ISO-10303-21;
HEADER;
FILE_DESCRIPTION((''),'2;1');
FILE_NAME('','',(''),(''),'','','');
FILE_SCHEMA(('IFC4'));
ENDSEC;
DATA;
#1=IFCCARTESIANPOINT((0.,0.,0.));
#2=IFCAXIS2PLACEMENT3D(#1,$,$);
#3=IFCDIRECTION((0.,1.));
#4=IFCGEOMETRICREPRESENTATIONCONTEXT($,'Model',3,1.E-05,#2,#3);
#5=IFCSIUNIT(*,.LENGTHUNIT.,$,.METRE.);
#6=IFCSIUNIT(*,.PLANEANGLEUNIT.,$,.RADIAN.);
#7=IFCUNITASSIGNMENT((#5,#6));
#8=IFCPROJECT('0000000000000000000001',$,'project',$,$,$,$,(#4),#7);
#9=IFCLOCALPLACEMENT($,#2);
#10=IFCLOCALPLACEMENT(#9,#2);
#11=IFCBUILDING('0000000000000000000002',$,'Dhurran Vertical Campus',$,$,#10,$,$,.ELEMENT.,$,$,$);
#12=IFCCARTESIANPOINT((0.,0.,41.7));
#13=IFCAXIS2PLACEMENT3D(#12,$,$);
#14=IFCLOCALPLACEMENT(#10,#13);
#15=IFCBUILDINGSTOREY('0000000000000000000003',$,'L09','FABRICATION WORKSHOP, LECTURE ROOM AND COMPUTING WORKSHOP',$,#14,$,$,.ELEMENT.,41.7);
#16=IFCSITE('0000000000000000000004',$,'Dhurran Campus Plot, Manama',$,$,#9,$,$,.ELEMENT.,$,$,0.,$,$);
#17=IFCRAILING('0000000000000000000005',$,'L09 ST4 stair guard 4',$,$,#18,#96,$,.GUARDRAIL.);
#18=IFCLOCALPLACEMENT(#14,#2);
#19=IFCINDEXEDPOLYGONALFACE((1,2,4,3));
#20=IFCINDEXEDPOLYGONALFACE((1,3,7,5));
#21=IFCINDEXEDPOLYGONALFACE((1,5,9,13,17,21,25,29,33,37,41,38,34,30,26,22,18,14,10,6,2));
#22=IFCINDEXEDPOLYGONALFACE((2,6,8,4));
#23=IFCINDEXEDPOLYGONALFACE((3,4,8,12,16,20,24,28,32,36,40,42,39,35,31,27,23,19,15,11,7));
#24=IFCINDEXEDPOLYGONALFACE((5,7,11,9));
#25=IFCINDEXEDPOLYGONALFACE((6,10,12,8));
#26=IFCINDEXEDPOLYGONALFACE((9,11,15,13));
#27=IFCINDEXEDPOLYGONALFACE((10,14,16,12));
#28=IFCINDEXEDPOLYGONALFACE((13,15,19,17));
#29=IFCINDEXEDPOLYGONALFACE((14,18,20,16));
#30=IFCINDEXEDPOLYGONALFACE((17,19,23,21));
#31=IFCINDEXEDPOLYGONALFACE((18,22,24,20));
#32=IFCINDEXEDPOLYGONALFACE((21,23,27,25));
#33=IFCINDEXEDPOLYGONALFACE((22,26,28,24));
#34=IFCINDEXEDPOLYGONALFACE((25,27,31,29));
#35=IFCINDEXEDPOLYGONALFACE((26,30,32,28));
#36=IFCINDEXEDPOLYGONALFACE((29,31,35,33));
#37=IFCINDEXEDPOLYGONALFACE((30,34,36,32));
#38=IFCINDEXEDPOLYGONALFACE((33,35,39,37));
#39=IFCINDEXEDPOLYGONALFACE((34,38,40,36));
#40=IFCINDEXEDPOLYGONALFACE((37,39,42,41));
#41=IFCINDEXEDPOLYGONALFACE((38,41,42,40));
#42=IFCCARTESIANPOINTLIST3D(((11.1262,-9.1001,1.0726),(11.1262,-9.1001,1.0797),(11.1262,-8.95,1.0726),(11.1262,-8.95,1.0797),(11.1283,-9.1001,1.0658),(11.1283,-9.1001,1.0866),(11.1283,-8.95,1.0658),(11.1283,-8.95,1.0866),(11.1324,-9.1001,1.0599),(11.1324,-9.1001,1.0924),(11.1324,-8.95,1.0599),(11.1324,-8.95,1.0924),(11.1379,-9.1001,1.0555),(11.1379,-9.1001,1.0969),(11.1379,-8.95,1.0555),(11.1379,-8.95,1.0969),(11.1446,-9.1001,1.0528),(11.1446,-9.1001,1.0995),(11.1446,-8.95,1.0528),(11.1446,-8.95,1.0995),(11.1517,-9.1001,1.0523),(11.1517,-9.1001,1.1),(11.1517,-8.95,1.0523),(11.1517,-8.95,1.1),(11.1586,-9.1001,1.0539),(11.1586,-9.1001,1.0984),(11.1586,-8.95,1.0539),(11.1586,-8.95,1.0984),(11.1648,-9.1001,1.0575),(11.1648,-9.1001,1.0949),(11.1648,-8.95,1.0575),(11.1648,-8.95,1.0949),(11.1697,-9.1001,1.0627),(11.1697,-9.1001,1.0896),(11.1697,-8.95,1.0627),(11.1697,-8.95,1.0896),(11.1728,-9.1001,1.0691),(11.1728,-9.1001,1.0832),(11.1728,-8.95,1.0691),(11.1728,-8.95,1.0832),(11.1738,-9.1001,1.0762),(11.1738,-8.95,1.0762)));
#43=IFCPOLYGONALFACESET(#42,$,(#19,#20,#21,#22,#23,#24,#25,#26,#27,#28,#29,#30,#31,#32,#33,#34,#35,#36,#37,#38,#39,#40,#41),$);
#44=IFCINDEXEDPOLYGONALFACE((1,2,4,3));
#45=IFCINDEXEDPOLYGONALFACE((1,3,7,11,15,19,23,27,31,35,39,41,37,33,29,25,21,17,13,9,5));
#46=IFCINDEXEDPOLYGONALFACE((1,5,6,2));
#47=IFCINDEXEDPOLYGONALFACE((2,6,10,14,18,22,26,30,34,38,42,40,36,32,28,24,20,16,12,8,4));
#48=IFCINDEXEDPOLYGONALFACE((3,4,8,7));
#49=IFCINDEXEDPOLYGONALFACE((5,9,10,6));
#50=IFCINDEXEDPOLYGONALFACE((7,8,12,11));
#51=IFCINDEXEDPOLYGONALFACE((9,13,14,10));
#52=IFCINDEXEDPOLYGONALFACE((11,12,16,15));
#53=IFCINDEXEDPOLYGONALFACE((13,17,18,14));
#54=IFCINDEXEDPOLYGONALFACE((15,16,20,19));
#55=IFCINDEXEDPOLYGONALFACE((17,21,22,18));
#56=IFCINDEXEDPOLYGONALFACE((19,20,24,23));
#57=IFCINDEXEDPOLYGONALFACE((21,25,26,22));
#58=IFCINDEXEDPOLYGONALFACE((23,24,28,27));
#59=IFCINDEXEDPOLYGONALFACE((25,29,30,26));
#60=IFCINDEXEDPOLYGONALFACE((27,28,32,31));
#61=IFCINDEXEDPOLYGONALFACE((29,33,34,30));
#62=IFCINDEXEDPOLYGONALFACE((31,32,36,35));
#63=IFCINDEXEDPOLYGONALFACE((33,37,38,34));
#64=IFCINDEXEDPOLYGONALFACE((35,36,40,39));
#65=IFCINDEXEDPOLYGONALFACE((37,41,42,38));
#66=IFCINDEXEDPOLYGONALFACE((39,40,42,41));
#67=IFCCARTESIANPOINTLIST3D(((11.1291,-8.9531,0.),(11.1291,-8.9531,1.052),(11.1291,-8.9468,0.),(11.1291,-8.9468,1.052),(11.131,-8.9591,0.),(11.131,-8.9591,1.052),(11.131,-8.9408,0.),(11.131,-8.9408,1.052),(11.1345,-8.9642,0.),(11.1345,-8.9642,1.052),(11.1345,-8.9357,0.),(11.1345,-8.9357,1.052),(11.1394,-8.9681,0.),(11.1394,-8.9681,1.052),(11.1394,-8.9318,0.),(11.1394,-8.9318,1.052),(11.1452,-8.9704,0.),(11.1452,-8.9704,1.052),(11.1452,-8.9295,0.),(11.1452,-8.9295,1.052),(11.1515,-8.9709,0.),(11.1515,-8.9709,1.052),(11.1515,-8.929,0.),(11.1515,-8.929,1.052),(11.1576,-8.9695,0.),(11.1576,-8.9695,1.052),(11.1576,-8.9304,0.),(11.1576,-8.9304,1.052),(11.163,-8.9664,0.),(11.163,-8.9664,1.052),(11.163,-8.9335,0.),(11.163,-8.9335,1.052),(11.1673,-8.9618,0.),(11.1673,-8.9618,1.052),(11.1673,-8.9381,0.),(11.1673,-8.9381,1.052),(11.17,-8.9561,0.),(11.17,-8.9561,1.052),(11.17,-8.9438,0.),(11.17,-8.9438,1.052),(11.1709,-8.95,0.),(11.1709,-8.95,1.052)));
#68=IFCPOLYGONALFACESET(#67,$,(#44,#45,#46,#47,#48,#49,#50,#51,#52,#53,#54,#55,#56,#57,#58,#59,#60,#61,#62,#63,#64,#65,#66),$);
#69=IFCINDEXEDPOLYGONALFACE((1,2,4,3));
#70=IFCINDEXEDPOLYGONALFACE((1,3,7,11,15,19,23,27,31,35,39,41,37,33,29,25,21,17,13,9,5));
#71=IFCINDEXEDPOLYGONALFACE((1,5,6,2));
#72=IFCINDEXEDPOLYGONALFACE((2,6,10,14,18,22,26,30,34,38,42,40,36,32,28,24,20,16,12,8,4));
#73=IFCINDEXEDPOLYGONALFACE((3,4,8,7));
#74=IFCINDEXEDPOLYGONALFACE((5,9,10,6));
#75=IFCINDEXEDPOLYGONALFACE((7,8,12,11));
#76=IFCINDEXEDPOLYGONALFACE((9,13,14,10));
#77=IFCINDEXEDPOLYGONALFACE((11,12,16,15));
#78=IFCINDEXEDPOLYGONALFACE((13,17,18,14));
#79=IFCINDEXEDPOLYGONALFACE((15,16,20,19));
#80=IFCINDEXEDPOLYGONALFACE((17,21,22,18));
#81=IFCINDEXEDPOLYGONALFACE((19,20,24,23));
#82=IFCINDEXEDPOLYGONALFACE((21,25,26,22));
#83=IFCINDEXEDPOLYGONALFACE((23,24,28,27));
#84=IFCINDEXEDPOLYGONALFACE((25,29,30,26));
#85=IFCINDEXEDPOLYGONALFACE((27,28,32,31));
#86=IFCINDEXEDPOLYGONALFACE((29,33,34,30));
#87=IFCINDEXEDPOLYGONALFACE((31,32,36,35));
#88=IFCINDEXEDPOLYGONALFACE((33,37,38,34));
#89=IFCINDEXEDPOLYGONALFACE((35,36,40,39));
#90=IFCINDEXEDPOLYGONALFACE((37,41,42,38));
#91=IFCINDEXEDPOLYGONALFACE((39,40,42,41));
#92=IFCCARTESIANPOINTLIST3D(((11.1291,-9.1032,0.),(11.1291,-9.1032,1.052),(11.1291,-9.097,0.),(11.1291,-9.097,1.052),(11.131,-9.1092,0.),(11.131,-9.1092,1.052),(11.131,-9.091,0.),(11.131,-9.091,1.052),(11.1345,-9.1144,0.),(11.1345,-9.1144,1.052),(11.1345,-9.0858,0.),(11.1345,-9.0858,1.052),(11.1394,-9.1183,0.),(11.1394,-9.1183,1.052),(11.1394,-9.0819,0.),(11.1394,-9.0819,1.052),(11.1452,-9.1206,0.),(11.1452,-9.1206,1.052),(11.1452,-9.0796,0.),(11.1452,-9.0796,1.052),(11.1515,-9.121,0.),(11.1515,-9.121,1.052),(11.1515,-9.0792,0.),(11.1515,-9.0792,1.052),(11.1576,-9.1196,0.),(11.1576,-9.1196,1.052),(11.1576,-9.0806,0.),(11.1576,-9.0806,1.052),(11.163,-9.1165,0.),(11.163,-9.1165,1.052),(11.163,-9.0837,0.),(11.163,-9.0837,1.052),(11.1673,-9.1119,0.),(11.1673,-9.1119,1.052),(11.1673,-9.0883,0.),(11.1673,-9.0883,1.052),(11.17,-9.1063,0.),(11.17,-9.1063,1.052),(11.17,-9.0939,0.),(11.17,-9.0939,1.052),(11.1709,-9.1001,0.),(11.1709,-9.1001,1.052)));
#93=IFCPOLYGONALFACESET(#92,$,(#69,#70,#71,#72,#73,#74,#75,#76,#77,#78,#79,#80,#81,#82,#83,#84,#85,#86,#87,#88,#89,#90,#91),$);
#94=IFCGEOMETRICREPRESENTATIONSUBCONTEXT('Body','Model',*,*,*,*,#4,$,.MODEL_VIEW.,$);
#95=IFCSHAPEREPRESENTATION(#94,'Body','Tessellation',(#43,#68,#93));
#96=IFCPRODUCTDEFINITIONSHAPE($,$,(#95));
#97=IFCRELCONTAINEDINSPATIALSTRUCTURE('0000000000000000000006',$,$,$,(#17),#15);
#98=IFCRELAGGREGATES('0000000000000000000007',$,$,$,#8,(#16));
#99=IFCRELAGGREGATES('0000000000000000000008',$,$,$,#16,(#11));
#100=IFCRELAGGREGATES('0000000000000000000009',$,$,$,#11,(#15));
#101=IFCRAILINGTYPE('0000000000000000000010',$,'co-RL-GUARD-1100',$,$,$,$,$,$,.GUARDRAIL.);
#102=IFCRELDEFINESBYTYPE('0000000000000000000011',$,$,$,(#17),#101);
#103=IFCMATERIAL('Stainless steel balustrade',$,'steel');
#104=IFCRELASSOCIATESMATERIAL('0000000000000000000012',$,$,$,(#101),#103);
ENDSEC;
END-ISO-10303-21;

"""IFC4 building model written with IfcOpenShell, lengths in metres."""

from ifc_helpers import new_model, si_unit, direction, frame, origin, origin_2d, place, context, subcontext, project, spatial, circle, extrude, material, type_object, element, save


model = new_model("IFC4")

# Units and contexts
model_context = context("Model", 3, precision=1e-05, world=origin(), true_north=direction((0.0, 1.0)))
body_context = subcontext(model_context, "Body", "Model", "MODEL_VIEW")
ifc_project = project(units=[si_unit("LENGTHUNIT", "METRE"), si_unit("PLANEANGLEUNIT", "RADIAN")], contexts=[model_context])

# Site, building, storey
site_placement = place(None, origin())
site = spatial("IfcSite", under=ifc_project, at=site_placement, Name="Dhurran Campus Plot, Manama", CompositionType="ELEMENT", RefElevation=0.0)
building_placement = place(site_placement, origin())
building = spatial("IfcBuilding", under=site, at=building_placement, Name="Dhurran Vertical Campus", CompositionType="ELEMENT")
storey_placement = place(building_placement, frame((0.0, 0.0, 41.7)))
storey = spatial("IfcBuildingStorey", under=building, at=storey_placement, Name="L09", Description="FABRICATION WORKSHOP, LECTURE ROOM AND COMPUTING WORKSHOP", CompositionType="ELEMENT", Elevation=41.7)

# Railing
ifc_material_1 = material(Name="Stainless steel balustrade", Category="steel")
railing_type_1 = type_object("IfcRailingType", Name="co-RL-GUARD-1100", PredefinedType="GUARDRAIL", material=ifc_material_1)
railing_1_placement = place(storey_placement, frame((11.1499, -8.95, 0.0)))
element("IfcRailing", 1, at=railing_1_placement, inside=storey, type_object=railing_type_1, Name="L09 ST4 stair guard 4", PredefinedType="GUARDRAIL", context=body_context, shape_type="SweptSolid", body=[
    extrude(circle(Radius=0.0239, at=origin_2d()), frame((0.0, 0.0, 1.0762), z_axis=(0.0, -1.0, 0.0), x_axis=(1.0, 0.0, 0.0)), (0.0, 0.0, 1.0), 0.1501),
    extrude(circle(Radius=0.021, at=origin_2d()), origin(), (0.0, 0.0, 1.0), 1.052),
    extrude(circle(Radius=0.021, at=origin_2d()), frame((0.0, -0.1501, 0.0)), (0.0, 0.0, 1.0), 1.052),
])

save(model, "model.ifc")
